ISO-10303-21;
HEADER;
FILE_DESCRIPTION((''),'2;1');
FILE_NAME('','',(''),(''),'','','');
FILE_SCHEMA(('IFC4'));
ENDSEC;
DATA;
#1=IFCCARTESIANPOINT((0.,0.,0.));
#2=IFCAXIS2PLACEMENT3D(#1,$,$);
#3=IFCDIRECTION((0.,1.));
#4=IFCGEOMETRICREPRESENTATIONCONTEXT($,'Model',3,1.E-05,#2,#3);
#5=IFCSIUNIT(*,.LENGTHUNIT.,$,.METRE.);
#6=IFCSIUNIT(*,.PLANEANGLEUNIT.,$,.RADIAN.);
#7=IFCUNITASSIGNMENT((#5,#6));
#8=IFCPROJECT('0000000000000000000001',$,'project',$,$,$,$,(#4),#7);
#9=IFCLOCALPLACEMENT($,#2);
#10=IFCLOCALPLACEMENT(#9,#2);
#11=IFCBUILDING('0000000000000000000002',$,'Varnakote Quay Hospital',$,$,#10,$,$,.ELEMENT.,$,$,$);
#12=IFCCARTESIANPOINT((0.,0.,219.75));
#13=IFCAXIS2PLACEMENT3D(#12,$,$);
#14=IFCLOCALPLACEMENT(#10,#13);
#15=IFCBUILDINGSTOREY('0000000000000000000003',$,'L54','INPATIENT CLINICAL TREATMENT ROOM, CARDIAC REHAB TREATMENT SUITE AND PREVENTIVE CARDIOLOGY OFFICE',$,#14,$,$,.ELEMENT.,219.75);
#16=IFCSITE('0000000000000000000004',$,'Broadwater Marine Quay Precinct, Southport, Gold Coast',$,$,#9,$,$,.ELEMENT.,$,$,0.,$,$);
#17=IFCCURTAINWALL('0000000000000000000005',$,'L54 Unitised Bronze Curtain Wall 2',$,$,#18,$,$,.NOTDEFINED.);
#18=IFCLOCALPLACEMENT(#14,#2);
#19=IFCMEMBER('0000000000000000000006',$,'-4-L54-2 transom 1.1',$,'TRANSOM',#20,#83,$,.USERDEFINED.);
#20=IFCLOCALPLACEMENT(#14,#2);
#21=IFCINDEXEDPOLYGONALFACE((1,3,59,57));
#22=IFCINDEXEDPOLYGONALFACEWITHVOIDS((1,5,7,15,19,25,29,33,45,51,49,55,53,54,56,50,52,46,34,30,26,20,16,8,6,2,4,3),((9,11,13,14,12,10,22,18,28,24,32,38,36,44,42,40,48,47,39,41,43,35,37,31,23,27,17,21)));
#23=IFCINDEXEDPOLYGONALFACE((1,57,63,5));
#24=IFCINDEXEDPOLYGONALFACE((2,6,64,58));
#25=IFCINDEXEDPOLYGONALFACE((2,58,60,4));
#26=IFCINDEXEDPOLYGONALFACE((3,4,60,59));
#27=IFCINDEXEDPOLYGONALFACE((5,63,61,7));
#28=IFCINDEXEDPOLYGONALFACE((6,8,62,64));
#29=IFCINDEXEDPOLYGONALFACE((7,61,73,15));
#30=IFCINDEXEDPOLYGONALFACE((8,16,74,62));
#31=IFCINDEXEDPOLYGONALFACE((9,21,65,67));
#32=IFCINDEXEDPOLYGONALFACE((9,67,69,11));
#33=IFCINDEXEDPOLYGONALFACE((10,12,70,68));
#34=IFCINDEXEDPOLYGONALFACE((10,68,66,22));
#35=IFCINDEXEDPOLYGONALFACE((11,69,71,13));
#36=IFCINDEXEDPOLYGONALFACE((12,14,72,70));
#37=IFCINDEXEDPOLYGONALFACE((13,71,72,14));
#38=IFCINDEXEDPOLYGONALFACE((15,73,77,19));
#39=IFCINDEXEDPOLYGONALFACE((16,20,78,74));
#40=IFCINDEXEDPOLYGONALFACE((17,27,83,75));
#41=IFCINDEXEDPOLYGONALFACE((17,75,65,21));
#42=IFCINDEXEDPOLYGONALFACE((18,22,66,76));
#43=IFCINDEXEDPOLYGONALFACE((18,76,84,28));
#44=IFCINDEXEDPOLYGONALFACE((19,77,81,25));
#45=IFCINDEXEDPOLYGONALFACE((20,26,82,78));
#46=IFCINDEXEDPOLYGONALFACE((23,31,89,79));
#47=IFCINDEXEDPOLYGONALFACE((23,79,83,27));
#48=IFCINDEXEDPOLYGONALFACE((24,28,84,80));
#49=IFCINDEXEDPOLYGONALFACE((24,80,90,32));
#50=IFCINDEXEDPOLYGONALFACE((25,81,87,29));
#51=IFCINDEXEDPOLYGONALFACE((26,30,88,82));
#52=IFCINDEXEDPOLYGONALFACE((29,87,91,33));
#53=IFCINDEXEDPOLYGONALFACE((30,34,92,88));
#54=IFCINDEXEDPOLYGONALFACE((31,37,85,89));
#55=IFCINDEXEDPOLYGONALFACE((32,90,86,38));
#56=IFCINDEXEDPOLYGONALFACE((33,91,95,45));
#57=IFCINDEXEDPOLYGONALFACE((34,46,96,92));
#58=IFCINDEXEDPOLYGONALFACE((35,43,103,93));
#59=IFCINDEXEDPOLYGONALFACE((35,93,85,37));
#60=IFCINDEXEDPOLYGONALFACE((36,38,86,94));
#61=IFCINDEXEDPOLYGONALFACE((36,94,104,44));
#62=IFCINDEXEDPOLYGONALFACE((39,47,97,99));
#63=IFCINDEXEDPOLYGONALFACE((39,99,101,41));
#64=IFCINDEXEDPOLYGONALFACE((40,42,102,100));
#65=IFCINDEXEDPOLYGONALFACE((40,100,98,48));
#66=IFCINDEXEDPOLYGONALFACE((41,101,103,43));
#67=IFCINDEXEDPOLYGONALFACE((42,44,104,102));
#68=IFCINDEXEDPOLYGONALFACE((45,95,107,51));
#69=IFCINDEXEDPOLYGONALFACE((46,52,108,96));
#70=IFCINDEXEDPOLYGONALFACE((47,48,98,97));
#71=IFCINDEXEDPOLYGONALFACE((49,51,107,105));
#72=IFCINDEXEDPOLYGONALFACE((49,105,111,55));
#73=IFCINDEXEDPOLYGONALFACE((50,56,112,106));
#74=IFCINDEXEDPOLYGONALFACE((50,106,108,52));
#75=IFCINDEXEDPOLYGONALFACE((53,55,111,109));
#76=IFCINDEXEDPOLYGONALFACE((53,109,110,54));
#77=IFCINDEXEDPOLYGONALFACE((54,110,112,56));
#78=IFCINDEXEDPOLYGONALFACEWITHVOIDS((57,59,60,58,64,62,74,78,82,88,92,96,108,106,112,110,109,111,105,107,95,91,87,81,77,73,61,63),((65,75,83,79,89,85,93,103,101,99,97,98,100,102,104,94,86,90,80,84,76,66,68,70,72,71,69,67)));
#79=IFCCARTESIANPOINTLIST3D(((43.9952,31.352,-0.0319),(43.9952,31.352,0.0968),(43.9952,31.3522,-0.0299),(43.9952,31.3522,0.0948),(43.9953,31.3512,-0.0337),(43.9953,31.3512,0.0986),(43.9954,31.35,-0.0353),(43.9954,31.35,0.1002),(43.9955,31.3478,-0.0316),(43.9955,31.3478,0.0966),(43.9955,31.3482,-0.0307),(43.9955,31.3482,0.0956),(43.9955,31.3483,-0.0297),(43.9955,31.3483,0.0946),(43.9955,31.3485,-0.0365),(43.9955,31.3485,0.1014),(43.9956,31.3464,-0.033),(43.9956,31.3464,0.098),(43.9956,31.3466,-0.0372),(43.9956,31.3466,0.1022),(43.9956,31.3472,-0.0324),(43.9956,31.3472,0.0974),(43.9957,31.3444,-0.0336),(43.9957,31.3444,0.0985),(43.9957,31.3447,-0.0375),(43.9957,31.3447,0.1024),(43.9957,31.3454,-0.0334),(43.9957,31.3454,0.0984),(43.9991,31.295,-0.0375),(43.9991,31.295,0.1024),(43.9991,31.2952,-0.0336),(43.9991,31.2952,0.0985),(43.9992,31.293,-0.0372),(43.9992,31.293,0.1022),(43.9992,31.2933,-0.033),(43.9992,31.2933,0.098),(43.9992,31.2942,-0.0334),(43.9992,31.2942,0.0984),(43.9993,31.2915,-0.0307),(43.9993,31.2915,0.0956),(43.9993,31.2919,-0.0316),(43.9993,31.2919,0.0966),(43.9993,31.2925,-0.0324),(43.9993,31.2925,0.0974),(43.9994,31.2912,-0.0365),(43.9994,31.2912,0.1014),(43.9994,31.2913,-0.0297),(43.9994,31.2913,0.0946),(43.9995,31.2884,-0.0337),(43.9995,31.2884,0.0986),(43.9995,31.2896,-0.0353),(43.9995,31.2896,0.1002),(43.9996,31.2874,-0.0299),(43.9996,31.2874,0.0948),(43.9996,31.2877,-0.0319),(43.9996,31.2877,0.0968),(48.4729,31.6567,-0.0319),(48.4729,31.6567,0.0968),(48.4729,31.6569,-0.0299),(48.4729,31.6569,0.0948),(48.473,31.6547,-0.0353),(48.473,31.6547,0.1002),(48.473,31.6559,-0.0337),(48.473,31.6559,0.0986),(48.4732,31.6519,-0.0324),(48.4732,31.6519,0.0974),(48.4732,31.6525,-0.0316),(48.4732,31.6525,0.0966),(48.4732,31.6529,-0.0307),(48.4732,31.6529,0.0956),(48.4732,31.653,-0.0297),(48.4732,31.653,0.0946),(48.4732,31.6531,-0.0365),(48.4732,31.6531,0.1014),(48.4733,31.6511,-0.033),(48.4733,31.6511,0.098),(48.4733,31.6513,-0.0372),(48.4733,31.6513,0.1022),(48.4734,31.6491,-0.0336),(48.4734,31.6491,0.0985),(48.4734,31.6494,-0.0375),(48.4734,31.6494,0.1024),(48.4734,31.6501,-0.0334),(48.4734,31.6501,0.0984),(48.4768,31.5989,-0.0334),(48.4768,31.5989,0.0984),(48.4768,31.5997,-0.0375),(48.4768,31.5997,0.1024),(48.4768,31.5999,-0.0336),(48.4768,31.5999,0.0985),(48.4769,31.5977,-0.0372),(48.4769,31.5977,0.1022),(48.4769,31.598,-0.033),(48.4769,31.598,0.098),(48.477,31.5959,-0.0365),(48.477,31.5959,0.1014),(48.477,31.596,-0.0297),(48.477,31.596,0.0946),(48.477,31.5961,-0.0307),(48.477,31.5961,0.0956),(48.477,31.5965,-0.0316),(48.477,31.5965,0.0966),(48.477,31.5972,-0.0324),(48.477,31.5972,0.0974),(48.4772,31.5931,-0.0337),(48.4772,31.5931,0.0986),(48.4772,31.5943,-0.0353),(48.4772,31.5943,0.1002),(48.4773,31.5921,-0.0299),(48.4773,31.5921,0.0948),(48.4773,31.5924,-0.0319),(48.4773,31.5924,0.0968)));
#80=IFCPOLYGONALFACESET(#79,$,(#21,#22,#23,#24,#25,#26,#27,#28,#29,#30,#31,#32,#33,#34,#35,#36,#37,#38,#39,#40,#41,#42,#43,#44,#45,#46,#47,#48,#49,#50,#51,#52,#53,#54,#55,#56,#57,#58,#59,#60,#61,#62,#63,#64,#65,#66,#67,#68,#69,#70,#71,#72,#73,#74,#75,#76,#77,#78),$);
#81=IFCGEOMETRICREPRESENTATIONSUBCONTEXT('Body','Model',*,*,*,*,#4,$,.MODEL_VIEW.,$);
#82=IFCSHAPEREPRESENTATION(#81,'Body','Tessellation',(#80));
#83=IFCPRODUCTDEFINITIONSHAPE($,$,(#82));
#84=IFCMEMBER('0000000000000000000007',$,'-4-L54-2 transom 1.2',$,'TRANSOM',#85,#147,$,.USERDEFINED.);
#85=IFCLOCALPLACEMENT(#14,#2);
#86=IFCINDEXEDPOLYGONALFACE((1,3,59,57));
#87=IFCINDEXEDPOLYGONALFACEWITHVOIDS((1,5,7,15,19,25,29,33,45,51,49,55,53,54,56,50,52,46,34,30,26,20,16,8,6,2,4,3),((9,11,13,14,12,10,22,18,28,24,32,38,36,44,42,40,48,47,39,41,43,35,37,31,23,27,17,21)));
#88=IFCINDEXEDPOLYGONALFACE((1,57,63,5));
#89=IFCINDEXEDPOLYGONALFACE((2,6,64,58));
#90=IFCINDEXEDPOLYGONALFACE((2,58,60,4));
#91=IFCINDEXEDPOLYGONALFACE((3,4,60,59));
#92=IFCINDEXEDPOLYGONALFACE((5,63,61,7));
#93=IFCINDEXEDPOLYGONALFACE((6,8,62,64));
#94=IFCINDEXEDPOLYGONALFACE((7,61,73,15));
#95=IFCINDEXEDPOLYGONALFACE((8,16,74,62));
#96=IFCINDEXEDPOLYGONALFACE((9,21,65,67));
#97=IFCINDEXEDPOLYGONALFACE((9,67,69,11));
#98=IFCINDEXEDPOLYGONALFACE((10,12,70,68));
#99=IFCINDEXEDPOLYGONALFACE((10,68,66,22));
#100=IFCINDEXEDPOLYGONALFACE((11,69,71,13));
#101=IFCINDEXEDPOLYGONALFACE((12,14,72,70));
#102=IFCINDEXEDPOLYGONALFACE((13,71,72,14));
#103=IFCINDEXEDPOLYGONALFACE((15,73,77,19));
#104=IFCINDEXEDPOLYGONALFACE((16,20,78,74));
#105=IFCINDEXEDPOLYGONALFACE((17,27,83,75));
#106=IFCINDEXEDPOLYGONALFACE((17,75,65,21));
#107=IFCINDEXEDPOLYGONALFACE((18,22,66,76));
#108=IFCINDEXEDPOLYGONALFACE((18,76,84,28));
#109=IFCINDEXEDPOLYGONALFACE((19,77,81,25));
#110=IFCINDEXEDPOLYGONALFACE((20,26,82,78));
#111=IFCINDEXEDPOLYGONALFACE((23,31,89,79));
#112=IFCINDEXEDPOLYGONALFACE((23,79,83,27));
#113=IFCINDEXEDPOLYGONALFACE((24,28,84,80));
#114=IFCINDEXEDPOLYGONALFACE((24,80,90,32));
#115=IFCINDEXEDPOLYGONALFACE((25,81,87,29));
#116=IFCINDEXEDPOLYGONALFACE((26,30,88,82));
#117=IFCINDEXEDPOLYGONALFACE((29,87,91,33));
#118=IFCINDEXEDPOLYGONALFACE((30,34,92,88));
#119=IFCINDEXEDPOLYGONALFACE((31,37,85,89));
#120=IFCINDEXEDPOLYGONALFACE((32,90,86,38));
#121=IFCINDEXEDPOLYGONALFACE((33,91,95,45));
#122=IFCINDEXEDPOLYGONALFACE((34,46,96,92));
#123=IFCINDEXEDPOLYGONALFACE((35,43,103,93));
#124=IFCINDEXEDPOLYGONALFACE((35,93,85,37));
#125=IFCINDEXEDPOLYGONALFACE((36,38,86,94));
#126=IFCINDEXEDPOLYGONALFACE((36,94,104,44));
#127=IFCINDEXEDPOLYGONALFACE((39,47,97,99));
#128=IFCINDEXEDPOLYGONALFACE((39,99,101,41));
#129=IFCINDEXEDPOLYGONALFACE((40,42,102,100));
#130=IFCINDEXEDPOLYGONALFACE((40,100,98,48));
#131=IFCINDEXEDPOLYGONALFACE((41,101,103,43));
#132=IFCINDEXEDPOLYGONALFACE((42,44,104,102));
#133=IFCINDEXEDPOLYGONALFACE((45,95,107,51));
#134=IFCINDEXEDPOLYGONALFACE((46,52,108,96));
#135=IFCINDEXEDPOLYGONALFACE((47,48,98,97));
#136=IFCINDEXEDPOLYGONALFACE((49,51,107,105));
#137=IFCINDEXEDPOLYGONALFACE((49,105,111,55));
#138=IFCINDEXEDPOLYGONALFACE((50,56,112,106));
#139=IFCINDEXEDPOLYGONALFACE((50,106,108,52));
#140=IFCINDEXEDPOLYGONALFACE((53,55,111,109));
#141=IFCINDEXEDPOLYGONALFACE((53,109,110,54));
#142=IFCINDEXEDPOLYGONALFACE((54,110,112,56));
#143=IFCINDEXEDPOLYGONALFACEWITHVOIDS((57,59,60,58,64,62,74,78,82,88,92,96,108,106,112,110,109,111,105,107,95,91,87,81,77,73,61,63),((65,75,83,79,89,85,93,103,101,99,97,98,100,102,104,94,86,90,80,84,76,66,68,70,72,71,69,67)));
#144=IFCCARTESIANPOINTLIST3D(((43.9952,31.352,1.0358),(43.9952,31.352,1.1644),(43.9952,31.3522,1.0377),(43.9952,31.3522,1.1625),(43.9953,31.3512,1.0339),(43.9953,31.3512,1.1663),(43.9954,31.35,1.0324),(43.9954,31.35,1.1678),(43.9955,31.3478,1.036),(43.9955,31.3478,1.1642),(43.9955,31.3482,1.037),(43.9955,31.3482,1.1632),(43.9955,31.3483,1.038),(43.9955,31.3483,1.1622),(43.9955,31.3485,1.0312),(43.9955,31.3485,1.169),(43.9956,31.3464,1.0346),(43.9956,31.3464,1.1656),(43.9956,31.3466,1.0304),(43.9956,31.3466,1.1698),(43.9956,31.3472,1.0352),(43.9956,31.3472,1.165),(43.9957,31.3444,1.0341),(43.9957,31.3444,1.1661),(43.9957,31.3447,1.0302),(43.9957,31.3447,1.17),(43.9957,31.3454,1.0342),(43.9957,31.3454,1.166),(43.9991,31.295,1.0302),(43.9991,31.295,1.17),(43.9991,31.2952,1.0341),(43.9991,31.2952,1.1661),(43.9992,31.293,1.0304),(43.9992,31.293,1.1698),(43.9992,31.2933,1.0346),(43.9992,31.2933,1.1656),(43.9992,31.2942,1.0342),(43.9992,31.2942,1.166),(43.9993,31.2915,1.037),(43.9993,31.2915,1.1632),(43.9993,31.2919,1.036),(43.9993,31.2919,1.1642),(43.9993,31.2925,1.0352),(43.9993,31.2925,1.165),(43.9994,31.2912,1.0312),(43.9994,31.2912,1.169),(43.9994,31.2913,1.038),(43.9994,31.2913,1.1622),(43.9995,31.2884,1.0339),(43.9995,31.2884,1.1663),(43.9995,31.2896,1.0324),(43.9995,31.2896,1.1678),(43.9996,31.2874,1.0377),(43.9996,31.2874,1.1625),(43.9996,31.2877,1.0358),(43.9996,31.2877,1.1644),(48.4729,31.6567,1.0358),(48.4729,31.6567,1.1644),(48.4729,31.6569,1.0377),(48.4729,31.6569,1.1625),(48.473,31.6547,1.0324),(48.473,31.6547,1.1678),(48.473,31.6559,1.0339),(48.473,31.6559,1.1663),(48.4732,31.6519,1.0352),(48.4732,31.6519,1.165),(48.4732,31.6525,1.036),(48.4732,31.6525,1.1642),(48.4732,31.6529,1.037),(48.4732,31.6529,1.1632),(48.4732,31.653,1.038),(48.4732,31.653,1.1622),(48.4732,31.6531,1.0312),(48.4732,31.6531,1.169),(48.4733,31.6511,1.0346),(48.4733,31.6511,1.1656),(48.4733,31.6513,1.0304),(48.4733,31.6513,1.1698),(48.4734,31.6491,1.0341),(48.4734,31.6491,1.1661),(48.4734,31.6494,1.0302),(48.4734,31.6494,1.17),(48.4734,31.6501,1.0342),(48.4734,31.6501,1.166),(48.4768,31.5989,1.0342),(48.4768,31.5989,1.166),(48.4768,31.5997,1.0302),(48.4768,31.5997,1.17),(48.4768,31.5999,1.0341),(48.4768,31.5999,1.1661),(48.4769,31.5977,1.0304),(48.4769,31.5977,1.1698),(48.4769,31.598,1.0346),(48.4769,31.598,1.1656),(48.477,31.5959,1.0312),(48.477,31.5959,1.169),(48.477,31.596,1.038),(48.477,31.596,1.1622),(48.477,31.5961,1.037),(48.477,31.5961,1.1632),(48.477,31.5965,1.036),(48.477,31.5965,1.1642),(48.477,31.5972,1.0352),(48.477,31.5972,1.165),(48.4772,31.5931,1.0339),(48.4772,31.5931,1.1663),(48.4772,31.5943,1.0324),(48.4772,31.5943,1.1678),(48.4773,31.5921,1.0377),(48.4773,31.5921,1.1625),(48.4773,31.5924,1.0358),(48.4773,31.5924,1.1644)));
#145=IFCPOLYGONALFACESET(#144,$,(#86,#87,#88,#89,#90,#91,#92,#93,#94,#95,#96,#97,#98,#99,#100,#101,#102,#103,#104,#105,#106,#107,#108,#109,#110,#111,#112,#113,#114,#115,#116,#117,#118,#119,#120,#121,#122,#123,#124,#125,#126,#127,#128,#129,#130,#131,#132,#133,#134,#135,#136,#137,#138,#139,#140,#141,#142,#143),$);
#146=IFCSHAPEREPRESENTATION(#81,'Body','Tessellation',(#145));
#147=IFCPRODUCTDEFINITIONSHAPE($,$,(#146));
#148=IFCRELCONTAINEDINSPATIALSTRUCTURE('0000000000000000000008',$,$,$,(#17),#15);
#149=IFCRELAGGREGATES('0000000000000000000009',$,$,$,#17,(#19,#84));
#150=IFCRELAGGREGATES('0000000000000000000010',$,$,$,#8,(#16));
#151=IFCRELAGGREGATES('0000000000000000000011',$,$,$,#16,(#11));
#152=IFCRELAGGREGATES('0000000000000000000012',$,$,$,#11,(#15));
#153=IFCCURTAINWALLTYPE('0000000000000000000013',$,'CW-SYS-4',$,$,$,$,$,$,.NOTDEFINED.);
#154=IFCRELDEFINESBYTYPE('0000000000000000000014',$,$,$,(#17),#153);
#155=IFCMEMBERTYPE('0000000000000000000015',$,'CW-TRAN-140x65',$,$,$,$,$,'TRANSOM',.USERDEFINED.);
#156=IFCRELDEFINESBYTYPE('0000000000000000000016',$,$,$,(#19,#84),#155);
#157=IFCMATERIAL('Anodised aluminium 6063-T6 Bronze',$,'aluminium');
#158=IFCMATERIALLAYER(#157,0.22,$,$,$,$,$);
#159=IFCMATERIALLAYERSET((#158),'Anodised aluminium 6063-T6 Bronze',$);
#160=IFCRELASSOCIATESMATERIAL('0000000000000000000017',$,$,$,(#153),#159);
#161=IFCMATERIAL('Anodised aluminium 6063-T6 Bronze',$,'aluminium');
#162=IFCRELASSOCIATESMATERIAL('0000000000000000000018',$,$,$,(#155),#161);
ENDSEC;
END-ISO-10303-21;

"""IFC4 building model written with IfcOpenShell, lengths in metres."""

from ifc_helpers import new_model, si_unit, direction, frame, origin, origin_2d, place, context, subcontext, project, spatial, hollow_rectangle, extrude, material, layer, layer_set, material_profile, profile_set, type_object, element, aggregate, save


model = new_model("IFC4")

# Units and contexts
model_context = context("Model", 3, precision=1e-05, world=origin(), true_north=direction((0.0, 1.0)))
body_context = subcontext(model_context, "Body", "Model", "MODEL_VIEW")
ifc_project = project(units=[si_unit("LENGTHUNIT", "METRE"), si_unit("PLANEANGLEUNIT", "RADIAN")], contexts=[model_context])

# Site, building, storey
site_placement = place(None, origin())
site = spatial("IfcSite", under=ifc_project, at=site_placement, Name="Broadwater Marine Quay Precinct, Southport, Gold Coast", CompositionType="ELEMENT", RefElevation=0.0)
building_placement = place(site_placement, origin())
building = spatial("IfcBuilding", under=site, at=building_placement, Name="Varnakote Quay Hospital", CompositionType="ELEMENT")
storey_placement = place(building_placement, frame((0.0, 0.0, 219.75)))
storey = spatial("IfcBuildingStorey", under=building, at=storey_placement, Name="L54", Description="INPATIENT CLINICAL TREATMENT ROOM, CARDIAC REHAB TREATMENT SUITE AND PREVENTIVE CARDIOLOGY OFFICE", CompositionType="ELEMENT", Elevation=219.75)

# Curtain wall, members
ifc_material_1 = material(Name="Anodised aluminium 6063-T6 Bronze", Category="aluminium")
ifc_layer_1 = layer(ifc_material_1, 0.22)
ifc_layer_set_1 = layer_set([ifc_layer_1], Name="Anodised aluminium 6063-T6 Bronze")
curtain_wall_type = type_object("IfcCurtainWallType", Name="CW-SYS-4", PredefinedType="NOTDEFINED", material=ifc_layer_set_1)
curtain_wall_placement = place(storey_placement, origin())
curtain_wall = element("IfcCurtainWall", 1, at=curtain_wall_placement, inside=storey, type_object=curtain_wall_type, Name="L54 Unitised Bronze Curtain Wall 2", PredefinedType="NOTDEFINED")
ifc_material_2 = material(Name="Anodised aluminium 6063-T6 Bronze", Category="aluminium")
ifc_material_profile_1 = material_profile(ifc_material_2, hollow_rectangle(XDim=0.0649, YDim=0.1399, WallThickness=0.0039, InnerFilletRadius=0.0039, OuterFilletRadius=0.0076, at=origin_2d()), Name="CW-TRAN-140x65")
ifc_profile_set_1 = profile_set([ifc_material_profile_1], Name="Anodised aluminium 6063-T6 Bronze")
member_type_1 = type_object("IfcMemberType", Name="CW-TRAN-140x65", ElementType="TRANSOM", PredefinedType="USERDEFINED", material=ifc_profile_set_1)
member_1_placement = place(storey_placement, frame((48.4751, 31.6245, 0.0325), z_axis=(-0.997693, -0.067887, 0.0), x_axis=(0.067887, -0.997693, 0.0)))
member_1 = element("IfcMember", 2, at=member_1_placement, type_object=member_type_1, Name="-4-L54-2 transom 1.1", ObjectType="TRANSOM", PredefinedType="USERDEFINED", context=body_context, shape_type="SweptSolid", body=[
    extrude(hollow_rectangle(XDim=0.0649, YDim=0.1399, WallThickness=0.0039, InnerFilletRadius=0.0039, OuterFilletRadius=0.0076, at=origin_2d()), origin(), (0.0, 0.0, 1.0), 4.488),
])
member_2_placement = place(storey_placement, frame((48.4751, 31.6245, 1.1001), z_axis=(-0.997693, -0.067887, 0.0), x_axis=(0.067887, -0.997693, 0.0)))
member_2 = element("IfcMember", 3, at=member_2_placement, type_object=member_type_1, Name="-4-L54-2 transom 1.2", ObjectType="TRANSOM", PredefinedType="USERDEFINED", context=body_context, shape_type="SweptSolid", body=[
    extrude(hollow_rectangle(XDim=0.0649, YDim=0.1399, WallThickness=0.0039, InnerFilletRadius=0.0039, OuterFilletRadius=0.0076, at=origin_2d()), origin(), (0.0, 0.0, 1.0), 4.488),
])
aggregate(curtain_wall, [member_1, member_2])

save(model, "model.ifc")
